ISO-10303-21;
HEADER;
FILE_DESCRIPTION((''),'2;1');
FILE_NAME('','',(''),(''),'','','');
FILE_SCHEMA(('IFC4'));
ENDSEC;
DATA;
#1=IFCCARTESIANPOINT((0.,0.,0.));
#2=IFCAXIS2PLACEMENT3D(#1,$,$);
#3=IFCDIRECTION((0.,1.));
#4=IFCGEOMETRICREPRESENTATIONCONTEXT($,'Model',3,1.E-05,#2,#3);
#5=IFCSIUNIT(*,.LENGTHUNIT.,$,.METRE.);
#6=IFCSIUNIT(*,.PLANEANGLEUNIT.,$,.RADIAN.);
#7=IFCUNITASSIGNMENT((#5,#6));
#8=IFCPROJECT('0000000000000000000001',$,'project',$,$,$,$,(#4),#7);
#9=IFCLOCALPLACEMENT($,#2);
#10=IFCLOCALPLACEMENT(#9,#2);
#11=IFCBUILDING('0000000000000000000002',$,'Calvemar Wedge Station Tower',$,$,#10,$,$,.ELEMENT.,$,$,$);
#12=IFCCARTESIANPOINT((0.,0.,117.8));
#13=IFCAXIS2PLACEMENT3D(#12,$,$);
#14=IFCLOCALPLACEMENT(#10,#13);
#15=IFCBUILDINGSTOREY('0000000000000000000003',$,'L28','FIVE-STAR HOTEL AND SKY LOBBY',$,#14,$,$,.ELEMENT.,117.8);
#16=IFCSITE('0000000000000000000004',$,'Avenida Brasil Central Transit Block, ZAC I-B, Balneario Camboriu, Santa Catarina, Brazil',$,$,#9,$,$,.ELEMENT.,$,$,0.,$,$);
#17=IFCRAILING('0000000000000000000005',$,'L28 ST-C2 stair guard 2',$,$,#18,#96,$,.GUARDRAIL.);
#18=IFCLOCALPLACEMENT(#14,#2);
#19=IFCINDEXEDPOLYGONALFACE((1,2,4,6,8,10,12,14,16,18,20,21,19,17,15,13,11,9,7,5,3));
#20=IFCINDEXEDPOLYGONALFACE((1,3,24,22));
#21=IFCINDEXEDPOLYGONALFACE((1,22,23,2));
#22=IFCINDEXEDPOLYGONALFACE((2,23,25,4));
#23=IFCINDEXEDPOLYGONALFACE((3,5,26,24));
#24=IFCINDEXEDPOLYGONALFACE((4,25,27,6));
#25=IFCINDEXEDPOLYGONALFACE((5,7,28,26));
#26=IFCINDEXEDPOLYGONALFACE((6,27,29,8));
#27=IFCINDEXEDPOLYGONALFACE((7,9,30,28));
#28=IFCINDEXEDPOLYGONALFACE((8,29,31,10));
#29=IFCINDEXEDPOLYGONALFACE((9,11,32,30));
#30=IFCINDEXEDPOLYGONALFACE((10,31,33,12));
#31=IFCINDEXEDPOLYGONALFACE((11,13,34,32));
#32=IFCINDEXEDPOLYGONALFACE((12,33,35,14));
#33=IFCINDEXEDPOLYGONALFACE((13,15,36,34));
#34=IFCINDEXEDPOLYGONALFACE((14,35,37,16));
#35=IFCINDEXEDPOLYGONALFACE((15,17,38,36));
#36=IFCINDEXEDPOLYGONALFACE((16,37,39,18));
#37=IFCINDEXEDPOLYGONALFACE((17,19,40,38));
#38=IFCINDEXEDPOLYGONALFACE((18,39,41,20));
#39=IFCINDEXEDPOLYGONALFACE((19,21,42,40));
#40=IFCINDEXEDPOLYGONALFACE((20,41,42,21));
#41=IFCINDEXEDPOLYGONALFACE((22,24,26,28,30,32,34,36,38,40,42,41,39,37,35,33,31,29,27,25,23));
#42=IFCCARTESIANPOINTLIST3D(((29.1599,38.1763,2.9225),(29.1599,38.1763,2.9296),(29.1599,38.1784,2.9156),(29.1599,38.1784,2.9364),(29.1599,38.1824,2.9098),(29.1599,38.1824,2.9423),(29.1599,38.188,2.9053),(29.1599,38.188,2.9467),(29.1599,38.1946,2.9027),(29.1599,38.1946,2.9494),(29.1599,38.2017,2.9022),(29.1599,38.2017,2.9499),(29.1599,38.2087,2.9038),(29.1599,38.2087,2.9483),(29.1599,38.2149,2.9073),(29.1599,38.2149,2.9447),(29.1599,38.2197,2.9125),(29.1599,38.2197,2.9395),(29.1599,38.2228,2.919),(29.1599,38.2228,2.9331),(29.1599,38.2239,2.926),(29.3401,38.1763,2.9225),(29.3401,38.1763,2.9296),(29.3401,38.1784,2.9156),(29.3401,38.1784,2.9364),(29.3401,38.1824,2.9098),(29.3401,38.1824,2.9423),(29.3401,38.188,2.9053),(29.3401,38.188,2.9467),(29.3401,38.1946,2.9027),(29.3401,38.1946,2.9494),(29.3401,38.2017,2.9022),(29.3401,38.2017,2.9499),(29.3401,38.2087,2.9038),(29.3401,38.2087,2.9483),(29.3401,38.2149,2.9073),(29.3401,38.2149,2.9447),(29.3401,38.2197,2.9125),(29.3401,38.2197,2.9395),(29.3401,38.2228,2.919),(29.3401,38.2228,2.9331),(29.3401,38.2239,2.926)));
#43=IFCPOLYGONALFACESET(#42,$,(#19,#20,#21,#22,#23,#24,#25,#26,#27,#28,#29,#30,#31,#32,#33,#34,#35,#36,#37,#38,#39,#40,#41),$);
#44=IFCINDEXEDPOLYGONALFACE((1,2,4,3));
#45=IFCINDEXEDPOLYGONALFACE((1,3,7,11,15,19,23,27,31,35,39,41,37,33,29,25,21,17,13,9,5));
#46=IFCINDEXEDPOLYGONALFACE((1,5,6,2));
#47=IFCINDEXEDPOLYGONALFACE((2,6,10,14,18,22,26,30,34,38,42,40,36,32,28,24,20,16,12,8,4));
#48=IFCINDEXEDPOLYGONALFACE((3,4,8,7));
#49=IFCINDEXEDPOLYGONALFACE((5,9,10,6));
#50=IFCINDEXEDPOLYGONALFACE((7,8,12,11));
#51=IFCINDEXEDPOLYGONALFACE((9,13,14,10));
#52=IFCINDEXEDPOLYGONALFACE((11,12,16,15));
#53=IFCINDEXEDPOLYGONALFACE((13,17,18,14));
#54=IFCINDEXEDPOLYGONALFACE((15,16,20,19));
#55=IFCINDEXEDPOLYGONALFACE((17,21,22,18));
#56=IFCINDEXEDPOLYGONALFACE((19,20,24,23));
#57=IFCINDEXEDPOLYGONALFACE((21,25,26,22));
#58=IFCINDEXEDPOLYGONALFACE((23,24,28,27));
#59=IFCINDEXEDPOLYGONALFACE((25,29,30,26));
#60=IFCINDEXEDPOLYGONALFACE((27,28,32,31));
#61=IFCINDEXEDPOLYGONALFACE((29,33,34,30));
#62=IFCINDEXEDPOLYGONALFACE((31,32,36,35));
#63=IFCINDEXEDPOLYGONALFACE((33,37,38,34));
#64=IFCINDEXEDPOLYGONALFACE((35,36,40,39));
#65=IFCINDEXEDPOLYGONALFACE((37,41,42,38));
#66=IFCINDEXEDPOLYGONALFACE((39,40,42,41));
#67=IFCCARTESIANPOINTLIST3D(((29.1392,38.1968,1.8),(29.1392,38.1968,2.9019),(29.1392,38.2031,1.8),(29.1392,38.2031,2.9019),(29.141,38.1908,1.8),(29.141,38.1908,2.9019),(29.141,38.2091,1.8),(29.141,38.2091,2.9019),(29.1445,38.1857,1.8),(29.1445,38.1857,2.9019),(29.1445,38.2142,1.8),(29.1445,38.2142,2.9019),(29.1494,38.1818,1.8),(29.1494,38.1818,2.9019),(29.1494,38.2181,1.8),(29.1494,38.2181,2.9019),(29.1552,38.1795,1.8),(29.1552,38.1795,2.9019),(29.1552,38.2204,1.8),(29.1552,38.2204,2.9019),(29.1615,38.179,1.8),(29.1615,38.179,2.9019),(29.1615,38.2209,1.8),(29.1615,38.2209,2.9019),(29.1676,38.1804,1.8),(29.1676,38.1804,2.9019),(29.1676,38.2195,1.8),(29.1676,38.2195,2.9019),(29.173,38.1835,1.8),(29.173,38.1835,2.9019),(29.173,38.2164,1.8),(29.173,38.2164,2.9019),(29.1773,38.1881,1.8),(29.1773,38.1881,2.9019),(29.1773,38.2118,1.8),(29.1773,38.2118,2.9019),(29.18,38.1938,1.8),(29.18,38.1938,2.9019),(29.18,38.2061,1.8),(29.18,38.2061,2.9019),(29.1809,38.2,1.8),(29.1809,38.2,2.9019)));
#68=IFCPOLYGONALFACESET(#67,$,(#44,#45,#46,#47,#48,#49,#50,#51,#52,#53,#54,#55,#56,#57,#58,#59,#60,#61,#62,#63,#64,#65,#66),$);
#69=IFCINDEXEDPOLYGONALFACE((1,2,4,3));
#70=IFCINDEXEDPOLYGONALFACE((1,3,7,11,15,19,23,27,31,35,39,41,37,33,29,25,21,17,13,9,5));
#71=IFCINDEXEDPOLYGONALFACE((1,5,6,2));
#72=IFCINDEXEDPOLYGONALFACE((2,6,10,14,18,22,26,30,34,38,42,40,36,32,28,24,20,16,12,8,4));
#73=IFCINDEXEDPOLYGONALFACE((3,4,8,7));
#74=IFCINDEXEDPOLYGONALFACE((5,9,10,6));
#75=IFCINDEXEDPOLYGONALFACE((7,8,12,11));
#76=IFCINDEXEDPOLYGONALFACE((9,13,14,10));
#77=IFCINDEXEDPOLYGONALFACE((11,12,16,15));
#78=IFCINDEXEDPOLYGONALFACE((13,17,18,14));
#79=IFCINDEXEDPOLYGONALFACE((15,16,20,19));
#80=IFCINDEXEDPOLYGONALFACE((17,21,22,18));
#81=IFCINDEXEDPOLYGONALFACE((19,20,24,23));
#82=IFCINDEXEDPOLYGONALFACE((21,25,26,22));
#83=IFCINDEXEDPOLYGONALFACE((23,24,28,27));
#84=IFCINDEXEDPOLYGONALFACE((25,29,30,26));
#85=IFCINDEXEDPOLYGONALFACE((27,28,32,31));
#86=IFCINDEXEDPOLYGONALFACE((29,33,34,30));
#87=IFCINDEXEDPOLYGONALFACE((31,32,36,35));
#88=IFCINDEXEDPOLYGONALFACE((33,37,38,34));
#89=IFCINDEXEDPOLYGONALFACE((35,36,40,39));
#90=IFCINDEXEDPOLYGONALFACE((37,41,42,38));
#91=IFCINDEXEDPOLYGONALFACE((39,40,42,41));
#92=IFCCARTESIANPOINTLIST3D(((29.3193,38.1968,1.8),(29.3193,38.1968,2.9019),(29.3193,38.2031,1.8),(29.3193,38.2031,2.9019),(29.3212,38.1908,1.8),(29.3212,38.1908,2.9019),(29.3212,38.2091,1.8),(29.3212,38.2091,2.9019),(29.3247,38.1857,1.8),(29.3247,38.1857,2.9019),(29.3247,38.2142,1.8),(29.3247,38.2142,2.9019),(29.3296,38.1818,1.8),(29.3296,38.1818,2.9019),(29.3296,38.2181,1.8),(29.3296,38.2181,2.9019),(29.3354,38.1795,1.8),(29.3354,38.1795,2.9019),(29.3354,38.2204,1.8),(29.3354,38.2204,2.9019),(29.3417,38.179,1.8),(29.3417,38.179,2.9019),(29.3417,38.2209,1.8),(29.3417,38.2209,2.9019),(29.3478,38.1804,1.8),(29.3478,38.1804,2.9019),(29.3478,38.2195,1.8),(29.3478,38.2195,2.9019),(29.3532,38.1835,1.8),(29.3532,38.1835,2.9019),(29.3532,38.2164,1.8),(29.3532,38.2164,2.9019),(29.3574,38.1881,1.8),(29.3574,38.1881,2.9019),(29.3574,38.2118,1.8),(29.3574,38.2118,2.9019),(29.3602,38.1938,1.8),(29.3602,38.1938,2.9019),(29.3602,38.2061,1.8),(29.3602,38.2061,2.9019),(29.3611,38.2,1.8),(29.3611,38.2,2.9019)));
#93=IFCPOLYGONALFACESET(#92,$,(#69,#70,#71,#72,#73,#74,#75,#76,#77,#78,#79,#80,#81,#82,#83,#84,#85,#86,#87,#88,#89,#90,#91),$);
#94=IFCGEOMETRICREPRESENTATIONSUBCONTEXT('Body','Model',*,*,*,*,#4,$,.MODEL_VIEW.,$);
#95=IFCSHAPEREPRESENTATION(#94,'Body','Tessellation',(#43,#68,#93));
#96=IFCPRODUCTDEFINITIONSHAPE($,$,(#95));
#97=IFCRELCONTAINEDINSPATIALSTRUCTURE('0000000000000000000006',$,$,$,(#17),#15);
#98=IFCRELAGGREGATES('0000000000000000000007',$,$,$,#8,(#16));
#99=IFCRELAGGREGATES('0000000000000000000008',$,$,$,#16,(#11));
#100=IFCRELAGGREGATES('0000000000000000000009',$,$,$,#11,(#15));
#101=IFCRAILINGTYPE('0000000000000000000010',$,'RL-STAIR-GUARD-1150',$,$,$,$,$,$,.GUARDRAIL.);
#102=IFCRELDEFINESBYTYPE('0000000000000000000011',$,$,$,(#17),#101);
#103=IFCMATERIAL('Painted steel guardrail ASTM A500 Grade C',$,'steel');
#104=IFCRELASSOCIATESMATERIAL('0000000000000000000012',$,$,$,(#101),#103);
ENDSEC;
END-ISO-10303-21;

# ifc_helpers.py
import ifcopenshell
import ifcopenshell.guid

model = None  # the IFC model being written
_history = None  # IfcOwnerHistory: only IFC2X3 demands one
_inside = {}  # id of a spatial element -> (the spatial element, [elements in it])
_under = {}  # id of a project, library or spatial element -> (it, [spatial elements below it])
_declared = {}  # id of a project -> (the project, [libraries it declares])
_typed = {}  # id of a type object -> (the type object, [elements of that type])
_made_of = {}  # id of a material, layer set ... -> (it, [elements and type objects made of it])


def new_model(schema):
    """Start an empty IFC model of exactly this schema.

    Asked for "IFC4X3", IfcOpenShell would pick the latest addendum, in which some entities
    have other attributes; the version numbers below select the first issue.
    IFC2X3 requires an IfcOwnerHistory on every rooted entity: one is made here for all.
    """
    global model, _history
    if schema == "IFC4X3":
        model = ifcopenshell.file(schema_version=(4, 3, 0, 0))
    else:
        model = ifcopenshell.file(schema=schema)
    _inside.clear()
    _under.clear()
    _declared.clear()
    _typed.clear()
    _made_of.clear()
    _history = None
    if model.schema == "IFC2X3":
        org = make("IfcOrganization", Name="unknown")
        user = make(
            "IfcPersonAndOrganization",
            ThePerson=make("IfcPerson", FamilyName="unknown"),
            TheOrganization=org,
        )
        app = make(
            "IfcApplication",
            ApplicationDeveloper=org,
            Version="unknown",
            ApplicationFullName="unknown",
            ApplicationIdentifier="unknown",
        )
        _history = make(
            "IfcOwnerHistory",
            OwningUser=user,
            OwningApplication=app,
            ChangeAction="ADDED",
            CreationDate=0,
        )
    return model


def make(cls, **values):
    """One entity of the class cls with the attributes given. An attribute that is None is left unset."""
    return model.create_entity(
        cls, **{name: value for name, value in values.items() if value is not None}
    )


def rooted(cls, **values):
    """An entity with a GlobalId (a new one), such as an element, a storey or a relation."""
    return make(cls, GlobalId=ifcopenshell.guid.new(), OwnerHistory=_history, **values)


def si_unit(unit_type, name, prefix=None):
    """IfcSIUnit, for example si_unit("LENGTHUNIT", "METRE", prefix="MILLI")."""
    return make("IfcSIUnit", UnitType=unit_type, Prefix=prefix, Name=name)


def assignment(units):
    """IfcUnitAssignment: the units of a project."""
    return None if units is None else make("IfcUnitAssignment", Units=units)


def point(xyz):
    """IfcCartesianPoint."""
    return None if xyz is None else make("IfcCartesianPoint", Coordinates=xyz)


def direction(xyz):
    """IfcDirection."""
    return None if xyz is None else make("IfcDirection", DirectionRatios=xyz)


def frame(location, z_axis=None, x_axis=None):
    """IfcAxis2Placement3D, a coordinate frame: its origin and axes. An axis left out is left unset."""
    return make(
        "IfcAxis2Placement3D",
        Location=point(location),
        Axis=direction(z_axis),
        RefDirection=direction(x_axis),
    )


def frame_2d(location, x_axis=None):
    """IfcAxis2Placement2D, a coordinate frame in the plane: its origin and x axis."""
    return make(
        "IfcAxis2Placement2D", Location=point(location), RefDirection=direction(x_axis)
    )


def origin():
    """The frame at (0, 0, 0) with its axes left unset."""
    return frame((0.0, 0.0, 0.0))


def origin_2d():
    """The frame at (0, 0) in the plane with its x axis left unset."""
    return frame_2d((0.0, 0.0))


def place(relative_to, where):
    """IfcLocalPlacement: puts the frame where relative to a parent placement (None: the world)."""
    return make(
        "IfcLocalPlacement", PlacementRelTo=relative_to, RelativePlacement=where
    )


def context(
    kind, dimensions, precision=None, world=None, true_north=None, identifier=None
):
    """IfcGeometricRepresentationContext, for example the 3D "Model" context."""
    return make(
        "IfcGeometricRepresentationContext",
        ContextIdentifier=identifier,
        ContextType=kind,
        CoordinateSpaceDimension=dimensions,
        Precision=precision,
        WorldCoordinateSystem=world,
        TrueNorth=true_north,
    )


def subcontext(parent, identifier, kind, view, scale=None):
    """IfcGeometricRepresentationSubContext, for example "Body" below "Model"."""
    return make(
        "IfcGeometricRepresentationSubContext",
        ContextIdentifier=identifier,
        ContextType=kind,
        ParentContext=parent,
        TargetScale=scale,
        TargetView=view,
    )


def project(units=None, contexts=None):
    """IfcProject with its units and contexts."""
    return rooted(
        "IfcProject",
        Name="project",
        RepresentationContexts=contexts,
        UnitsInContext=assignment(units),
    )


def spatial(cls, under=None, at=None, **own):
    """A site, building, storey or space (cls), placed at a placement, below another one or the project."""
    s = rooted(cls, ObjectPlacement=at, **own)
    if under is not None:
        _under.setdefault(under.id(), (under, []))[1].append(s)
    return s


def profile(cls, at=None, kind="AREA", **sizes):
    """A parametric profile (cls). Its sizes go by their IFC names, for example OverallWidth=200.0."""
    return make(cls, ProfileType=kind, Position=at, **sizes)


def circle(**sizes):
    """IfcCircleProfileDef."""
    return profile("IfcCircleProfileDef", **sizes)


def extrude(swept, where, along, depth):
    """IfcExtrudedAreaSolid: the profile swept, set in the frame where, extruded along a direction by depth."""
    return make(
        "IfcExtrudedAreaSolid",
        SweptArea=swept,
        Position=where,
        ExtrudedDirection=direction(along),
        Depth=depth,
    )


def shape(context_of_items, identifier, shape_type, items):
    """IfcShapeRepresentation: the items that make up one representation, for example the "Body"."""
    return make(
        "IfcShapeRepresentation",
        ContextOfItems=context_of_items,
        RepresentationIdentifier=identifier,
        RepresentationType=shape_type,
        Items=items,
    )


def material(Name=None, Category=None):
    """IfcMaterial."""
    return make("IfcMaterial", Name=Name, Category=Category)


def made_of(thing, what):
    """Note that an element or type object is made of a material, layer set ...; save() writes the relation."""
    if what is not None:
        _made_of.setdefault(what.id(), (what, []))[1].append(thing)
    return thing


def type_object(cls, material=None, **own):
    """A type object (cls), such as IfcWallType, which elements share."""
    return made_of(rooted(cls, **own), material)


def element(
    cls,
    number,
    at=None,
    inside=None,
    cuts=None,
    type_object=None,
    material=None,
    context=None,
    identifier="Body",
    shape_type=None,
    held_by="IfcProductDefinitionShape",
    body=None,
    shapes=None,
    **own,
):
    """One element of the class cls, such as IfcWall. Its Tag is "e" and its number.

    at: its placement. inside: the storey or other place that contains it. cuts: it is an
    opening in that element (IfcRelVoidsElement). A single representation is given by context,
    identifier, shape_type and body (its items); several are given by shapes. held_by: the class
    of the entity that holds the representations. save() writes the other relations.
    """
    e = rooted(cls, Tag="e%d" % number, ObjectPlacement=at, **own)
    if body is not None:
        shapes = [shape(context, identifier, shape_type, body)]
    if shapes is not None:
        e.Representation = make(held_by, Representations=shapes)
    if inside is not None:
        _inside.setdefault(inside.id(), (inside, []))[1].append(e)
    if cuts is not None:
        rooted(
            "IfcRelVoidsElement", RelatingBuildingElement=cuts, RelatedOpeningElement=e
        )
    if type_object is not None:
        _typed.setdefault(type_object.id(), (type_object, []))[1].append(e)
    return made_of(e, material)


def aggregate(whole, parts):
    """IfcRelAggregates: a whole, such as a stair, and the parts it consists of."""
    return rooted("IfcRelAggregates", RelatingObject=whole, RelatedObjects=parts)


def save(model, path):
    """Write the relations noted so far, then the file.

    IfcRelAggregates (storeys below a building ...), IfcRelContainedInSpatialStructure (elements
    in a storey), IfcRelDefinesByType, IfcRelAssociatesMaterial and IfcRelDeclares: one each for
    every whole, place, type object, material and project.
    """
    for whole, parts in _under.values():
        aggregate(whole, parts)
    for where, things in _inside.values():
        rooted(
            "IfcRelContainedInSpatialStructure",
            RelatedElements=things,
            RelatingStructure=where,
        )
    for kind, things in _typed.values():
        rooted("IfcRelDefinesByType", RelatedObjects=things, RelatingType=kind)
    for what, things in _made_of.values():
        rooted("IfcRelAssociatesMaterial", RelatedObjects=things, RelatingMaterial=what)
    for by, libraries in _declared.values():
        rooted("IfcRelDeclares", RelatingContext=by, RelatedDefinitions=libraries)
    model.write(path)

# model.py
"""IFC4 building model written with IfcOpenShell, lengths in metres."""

from ifc_helpers import new_model, si_unit, direction, frame, origin, origin_2d, place, context, subcontext, project, spatial, circle, extrude, material, type_object, element, save


model = new_model("IFC4")

# Units and contexts
model_context = context("Model", 3, precision=1e-05, world=origin(), true_north=direction((0.0, 1.0)))
body_context = subcontext(model_context, "Body", "Model", "MODEL_VIEW")
ifc_project = project(units=[si_unit("LENGTHUNIT", "METRE"), si_unit("PLANEANGLEUNIT", "RADIAN")], contexts=[model_context])

# Site, building, storey
site_placement = place(None, origin())
site = spatial("IfcSite", under=ifc_project, at=site_placement, Name="Avenida Brasil Central Transit Block, ZAC I-B, Balneario Camboriu, Santa Catarina, Brazil", CompositionType="ELEMENT", RefElevation=0.0)
building_placement = place(site_placement, origin())
building = spatial("IfcBuilding", under=site, at=building_placement, Name="Calvemar Wedge Station Tower", CompositionType="ELEMENT")
storey_placement = place(building_placement, frame((0.0, 0.0, 117.8)))
storey = spatial("IfcBuildingStorey", under=building, at=storey_placement, Name="L28", Description="FIVE-STAR HOTEL AND SKY LOBBY", CompositionType="ELEMENT", Elevation=117.8)

# Railing
ifc_material_1 = material(Name="Painted steel guardrail ASTM A500 Grade C", Category="steel")
railing_type_1 = type_object("IfcRailingType", Name="RL-STAIR-GUARD-1150", PredefinedType="GUARDRAIL", material=ifc_material_1)
railing_1_placement = place(storey_placement, frame((29.1599, 38.2, 1.8)))
element("IfcRailing", 1, at=railing_1_placement, inside=storey, type_object=railing_type_1, Name="L28 ST-C2 stair guard 2", PredefinedType="GUARDRAIL", context=body_context, shape_type="SweptSolid", body=[
    extrude(circle(Radius=0.0239, at=origin_2d()), frame((0.0, 0.0, 1.126), z_axis=(1.0, 0.0, 0.0), x_axis=(0.0, 1.0, 0.0)), (0.0, 0.0, 1.0), 0.1802),
    extrude(circle(Radius=0.021, at=origin_2d()), origin(), (0.0, 0.0, 1.0), 1.1018),
    extrude(circle(Radius=0.021, at=origin_2d()), frame((0.1802, 0.0, 0.0)), (0.0, 0.0, 1.0), 1.1018),
])

save(model, "model.ifc")
